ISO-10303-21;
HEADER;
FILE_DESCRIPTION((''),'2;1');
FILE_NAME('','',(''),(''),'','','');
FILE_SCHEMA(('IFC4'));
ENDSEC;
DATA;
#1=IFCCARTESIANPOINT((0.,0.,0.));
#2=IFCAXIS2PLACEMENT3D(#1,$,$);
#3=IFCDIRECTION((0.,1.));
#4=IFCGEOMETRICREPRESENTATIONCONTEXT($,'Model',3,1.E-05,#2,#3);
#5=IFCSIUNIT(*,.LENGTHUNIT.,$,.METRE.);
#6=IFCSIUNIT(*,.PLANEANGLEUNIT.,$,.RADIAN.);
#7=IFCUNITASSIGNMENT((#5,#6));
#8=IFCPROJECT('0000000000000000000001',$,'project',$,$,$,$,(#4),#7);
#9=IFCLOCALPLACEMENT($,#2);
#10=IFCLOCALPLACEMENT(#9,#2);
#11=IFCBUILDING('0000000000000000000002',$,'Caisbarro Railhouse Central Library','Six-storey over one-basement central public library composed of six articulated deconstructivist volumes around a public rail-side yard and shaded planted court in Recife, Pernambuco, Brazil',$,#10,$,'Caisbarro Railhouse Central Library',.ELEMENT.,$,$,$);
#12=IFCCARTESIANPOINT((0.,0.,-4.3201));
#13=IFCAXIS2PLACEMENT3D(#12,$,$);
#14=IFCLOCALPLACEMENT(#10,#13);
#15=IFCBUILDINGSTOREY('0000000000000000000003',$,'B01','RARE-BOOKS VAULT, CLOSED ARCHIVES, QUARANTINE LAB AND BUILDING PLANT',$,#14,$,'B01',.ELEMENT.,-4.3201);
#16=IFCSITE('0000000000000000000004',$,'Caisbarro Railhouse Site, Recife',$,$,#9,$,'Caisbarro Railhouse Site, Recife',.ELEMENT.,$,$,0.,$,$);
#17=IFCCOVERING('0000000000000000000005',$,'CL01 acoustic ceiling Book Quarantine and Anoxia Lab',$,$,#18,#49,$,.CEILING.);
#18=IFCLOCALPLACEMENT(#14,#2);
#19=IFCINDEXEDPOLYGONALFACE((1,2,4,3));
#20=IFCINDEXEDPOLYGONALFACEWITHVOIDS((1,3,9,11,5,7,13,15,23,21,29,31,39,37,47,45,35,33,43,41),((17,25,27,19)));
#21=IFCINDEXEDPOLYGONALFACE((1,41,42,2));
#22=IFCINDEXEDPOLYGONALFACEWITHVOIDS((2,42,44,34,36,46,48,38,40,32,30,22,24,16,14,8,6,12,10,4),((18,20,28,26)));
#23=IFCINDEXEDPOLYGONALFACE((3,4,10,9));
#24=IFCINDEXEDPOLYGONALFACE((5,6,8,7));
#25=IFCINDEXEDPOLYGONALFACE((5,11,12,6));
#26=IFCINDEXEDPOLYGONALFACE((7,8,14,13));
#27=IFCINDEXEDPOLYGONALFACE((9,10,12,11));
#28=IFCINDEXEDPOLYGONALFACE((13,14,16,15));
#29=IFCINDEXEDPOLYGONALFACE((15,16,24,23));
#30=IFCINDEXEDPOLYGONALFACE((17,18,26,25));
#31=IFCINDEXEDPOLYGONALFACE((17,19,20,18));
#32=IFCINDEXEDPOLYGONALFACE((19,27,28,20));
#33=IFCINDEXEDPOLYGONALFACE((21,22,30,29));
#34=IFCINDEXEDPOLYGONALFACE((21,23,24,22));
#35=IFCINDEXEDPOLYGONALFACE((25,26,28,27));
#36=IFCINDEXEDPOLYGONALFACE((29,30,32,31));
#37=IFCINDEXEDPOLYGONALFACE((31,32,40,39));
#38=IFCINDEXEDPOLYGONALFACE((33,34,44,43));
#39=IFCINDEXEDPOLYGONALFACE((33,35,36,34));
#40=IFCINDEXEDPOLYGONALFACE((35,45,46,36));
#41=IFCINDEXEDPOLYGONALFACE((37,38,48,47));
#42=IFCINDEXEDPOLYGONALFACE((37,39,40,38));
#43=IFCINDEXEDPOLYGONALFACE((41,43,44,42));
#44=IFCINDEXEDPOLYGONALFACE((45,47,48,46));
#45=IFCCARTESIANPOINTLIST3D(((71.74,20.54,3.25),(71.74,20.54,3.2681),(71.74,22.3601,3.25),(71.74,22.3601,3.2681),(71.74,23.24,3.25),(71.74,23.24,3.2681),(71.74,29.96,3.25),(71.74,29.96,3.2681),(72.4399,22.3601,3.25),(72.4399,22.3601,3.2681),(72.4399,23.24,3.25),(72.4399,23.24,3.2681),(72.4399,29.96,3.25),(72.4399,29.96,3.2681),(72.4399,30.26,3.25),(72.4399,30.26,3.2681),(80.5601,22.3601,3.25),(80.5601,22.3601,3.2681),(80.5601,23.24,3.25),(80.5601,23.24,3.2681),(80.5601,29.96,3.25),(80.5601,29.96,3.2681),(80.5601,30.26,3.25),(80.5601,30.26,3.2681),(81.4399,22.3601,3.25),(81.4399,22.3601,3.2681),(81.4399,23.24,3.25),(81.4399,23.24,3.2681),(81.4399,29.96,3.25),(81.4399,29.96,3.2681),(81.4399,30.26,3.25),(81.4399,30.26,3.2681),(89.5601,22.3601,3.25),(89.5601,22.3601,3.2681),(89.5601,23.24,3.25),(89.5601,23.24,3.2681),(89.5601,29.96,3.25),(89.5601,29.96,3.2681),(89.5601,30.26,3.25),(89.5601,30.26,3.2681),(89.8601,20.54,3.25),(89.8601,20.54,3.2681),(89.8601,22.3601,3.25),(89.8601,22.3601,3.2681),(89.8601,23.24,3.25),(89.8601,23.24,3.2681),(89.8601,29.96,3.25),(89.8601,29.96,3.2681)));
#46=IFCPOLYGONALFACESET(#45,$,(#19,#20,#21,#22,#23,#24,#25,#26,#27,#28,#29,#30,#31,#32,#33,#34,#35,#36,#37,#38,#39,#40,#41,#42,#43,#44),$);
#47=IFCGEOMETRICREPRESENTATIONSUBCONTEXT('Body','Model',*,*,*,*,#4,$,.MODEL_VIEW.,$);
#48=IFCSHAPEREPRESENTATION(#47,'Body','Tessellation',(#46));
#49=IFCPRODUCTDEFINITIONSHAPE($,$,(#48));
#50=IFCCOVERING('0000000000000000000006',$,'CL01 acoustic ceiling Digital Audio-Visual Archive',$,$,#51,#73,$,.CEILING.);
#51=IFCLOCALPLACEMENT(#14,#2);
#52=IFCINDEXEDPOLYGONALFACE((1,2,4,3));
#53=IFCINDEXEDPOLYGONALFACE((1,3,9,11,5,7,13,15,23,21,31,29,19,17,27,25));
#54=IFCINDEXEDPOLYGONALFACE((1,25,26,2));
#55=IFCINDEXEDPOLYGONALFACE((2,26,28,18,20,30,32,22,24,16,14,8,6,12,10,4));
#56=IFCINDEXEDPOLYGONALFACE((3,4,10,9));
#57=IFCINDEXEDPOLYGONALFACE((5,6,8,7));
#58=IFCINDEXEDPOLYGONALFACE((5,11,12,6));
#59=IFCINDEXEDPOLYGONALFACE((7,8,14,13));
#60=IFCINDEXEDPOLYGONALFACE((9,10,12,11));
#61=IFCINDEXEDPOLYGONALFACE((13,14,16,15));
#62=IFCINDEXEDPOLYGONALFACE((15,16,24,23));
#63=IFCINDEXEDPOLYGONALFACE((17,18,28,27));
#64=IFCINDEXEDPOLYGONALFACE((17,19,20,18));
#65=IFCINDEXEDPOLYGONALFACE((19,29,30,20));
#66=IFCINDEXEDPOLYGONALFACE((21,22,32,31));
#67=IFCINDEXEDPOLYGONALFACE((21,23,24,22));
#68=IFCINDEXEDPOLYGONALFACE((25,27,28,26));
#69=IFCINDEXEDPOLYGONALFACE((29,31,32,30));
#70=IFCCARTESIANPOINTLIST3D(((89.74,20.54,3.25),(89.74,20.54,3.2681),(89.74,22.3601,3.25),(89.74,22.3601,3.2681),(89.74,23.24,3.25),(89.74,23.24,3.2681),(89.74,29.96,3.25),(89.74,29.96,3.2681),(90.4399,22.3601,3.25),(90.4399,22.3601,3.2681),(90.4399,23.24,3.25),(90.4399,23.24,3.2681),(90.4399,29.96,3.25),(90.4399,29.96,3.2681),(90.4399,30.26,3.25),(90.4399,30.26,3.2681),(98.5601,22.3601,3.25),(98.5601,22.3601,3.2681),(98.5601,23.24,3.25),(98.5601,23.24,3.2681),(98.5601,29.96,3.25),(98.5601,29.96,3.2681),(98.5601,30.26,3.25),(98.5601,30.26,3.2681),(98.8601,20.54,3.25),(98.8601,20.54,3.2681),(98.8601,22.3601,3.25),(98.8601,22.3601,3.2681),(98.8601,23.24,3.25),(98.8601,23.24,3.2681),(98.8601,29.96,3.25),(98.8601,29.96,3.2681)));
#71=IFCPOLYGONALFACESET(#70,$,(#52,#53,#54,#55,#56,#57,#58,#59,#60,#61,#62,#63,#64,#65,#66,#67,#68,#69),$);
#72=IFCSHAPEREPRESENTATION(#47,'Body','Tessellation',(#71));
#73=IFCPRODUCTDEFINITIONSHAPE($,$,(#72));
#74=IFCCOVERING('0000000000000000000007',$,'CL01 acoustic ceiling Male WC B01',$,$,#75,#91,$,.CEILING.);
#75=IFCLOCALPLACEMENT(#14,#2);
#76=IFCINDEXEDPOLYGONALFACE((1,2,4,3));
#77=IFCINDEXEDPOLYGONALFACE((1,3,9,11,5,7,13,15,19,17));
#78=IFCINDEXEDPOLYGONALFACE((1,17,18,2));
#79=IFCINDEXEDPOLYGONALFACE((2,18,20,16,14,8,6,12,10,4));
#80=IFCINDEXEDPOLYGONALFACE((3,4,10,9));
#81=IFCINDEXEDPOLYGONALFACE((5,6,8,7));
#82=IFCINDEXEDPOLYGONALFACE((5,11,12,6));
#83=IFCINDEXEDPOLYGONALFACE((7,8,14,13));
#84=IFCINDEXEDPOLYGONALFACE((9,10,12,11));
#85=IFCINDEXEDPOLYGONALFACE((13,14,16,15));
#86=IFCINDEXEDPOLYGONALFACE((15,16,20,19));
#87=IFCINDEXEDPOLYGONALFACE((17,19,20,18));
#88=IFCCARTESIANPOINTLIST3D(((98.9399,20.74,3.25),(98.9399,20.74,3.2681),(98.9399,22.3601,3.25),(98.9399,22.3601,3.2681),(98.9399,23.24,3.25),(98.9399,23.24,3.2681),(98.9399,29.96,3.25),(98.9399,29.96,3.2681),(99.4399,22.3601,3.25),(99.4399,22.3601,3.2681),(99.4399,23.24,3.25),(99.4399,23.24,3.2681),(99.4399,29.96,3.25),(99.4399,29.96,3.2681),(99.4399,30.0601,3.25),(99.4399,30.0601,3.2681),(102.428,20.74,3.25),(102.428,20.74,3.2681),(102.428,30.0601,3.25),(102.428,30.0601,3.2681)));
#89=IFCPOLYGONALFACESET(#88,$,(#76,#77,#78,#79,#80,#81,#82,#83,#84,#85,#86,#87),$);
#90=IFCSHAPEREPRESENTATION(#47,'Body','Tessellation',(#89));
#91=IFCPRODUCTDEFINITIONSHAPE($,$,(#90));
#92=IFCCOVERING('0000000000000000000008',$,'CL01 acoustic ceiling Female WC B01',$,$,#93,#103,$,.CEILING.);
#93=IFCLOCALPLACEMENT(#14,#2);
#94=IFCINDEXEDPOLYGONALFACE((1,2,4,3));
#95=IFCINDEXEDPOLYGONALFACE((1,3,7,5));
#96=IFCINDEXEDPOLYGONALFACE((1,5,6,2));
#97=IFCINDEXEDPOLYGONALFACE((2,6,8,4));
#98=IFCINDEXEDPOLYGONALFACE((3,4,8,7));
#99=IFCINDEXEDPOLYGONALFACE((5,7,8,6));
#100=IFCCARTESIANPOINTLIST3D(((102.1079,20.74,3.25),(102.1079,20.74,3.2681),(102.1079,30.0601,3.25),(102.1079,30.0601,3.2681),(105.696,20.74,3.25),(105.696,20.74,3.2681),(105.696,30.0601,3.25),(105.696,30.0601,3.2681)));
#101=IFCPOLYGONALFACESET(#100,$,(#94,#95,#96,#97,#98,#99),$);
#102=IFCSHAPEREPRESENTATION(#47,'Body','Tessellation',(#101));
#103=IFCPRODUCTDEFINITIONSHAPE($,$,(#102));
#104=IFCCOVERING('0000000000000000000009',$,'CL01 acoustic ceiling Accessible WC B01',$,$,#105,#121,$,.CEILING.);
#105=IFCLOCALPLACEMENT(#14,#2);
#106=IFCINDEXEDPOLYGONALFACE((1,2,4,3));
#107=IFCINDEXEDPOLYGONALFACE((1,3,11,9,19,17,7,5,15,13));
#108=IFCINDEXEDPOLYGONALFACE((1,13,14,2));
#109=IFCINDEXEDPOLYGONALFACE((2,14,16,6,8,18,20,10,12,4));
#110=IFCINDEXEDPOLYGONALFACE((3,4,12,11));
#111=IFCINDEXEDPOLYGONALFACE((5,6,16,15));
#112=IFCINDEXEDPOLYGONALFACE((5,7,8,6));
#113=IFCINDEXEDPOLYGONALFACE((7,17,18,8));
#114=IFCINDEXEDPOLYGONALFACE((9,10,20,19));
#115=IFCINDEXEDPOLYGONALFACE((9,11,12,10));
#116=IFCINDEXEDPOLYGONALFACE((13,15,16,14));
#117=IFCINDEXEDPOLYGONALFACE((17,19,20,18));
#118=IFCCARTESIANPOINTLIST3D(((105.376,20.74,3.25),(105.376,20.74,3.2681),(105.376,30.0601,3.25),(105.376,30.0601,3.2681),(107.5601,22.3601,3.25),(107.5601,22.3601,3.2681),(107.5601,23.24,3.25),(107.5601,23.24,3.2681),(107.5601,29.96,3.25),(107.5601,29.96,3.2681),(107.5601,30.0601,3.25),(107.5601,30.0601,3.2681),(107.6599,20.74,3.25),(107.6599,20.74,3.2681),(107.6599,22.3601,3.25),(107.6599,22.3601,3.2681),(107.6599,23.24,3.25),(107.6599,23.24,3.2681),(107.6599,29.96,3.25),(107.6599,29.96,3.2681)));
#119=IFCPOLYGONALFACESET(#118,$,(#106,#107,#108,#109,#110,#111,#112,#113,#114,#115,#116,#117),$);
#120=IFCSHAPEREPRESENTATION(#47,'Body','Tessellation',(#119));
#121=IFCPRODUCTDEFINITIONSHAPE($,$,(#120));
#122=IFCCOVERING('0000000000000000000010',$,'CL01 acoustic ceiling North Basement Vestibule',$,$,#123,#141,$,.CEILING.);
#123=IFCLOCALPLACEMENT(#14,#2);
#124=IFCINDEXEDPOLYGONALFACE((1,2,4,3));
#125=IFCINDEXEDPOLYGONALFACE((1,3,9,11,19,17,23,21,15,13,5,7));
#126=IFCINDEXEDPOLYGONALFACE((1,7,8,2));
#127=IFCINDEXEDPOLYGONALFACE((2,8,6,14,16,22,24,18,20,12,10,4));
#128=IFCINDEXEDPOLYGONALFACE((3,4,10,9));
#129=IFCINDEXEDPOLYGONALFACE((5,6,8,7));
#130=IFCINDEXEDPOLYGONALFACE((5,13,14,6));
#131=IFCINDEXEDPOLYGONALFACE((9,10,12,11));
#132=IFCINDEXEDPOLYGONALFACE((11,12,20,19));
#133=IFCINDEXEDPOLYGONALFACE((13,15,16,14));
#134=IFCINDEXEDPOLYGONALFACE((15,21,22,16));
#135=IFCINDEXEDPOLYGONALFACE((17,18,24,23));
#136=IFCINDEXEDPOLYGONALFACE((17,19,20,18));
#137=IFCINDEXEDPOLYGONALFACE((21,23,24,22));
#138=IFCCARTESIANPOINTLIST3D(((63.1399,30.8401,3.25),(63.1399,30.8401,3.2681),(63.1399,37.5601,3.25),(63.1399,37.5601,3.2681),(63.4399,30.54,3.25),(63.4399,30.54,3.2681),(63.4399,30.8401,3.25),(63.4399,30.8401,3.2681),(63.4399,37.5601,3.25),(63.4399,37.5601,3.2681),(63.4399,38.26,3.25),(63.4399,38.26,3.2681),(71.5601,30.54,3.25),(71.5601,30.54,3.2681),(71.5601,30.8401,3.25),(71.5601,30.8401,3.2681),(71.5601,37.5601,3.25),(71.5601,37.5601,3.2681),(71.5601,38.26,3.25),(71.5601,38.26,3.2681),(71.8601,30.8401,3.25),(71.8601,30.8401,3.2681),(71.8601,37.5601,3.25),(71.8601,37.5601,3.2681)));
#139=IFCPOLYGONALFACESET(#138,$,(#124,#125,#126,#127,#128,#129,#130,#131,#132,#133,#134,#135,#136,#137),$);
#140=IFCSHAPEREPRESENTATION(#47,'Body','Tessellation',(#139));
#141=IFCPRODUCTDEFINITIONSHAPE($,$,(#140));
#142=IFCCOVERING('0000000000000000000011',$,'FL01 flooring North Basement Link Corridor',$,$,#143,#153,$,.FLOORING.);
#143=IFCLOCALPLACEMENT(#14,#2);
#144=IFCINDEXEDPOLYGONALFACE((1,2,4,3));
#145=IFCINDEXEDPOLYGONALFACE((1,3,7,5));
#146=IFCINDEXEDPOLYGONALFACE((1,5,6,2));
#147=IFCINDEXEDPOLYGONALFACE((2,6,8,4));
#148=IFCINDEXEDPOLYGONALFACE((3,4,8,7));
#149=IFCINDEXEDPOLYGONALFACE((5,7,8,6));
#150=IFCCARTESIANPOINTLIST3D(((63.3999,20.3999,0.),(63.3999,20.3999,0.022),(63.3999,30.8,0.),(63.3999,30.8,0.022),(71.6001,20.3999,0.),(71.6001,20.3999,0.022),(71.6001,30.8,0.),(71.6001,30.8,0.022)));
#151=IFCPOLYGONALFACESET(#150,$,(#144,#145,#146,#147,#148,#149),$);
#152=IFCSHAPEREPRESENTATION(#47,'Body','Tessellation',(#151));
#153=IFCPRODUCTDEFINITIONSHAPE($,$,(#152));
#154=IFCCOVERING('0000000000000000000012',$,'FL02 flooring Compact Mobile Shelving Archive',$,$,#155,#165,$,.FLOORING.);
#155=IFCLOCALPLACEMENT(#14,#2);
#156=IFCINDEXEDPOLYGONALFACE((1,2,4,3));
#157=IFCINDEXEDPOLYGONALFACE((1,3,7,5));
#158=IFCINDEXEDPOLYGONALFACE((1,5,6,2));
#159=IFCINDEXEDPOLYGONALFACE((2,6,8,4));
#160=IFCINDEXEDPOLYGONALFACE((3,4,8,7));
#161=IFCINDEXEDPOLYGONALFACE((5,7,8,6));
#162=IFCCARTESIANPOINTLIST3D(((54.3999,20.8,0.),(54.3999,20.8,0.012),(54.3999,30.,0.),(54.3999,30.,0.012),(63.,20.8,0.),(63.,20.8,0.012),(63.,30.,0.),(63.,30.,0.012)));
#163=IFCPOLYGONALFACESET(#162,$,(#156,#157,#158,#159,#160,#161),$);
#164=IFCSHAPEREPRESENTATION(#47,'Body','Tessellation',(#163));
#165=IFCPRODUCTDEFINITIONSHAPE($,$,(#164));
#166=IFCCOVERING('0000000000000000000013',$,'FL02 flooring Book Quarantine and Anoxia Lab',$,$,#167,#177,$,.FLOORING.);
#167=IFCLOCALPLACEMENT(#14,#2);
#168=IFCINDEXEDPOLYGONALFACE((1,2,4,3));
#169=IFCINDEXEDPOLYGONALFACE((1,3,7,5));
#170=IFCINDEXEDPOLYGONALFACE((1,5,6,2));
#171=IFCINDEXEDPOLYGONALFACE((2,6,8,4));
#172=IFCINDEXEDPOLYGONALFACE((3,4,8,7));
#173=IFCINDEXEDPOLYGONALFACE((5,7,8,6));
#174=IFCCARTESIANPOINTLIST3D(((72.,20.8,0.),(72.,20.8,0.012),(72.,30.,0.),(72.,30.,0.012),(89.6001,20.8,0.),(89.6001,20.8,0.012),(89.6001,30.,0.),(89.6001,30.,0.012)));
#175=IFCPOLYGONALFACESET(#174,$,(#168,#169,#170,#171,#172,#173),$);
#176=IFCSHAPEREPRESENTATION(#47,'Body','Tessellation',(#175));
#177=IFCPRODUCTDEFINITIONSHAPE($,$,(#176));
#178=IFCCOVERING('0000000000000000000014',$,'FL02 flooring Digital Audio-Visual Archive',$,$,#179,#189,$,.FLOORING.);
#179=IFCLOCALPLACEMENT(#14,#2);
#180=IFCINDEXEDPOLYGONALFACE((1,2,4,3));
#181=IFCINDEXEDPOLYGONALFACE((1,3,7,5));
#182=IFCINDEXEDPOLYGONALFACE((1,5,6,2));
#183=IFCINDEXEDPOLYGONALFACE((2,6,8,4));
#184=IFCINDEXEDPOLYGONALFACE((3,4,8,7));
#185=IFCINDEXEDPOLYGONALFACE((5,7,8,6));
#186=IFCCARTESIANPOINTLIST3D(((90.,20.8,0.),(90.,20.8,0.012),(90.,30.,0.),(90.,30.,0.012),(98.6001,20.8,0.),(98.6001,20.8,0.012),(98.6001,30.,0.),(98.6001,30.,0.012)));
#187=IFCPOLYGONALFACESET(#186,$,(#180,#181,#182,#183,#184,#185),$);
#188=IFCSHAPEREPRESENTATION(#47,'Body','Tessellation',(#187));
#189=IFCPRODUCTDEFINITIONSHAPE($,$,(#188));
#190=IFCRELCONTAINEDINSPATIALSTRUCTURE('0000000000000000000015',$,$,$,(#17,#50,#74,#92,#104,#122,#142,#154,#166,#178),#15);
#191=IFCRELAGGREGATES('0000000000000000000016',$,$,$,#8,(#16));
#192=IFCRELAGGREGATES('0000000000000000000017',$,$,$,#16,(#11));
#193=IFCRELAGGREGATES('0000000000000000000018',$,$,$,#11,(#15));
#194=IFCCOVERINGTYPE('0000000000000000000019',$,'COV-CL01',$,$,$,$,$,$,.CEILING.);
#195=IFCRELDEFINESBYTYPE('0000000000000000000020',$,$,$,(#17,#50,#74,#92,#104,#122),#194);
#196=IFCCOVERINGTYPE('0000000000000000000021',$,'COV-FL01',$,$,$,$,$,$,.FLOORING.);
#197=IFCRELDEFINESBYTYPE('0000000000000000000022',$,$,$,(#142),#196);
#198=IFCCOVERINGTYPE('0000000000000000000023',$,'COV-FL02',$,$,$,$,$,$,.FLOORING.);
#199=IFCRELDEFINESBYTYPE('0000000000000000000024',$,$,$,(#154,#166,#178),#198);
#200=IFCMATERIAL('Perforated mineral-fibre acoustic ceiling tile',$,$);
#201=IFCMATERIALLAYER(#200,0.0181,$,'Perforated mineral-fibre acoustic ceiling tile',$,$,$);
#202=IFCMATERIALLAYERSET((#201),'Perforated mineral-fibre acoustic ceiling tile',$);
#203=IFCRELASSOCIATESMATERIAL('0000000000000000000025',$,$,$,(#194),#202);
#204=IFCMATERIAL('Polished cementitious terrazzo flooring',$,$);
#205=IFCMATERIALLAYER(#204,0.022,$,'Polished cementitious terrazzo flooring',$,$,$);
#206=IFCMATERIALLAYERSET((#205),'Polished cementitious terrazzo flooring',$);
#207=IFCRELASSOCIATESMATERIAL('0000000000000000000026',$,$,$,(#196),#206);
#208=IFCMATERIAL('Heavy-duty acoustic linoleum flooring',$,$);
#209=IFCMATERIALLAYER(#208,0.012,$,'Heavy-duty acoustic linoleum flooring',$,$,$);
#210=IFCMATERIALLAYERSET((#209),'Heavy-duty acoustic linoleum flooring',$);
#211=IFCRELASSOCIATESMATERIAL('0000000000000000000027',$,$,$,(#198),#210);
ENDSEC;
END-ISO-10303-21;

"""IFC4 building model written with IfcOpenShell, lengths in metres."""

from ifc_helpers import new_model, si_unit, direction, frame, origin, place, context, subcontext, project, spatial, polyline, outline, extrude, material, layer, layer_set, type_object, element, save


model = new_model("IFC4")

# Units and contexts
model_context = context("Model", 3, precision=1e-05, world=origin(), true_north=direction((0.0, 1.0)))
body_context = subcontext(model_context, "Body", "Model", "MODEL_VIEW")
ifc_project = project(units=[si_unit("LENGTHUNIT", "METRE"), si_unit("PLANEANGLEUNIT", "RADIAN")], contexts=[model_context])

# Site, building, storey
site_placement = place(None, origin())
site = spatial("IfcSite", under=ifc_project, at=site_placement, Name="Caisbarro Railhouse Site, Recife", LongName="Caisbarro Railhouse Site, Recife", CompositionType="ELEMENT", RefElevation=0.0)
building_placement = place(site_placement, origin())
building = spatial("IfcBuilding", under=site, at=building_placement, Name="Caisbarro Railhouse Central Library", Description="Six-storey over one-basement central public library composed of six articulated deconstructivist volumes around a public rail-side yard and shaded planted court in Recife, Pernambuco, Brazil", LongName="Caisbarro Railhouse Central Library", CompositionType="ELEMENT")
storey_placement = place(building_placement, frame((0.0, 0.0, -4.3201)))
storey = spatial("IfcBuildingStorey", under=building, at=storey_placement, Name="B01", Description="RARE-BOOKS VAULT, CLOSED ARCHIVES, QUARANTINE LAB AND BUILDING PLANT", LongName="B01", CompositionType="ELEMENT", Elevation=-4.3201)

# Coverings
ifc_material_1 = material(Name="Perforated mineral-fibre acoustic ceiling tile")
ifc_layer_1 = layer(ifc_material_1, 0.0181, Name="Perforated mineral-fibre acoustic ceiling tile")
ifc_layer_set_1 = layer_set([ifc_layer_1], Name="Perforated mineral-fibre acoustic ceiling tile")
covering_type_1 = type_object("IfcCoveringType", Name="COV-CL01", PredefinedType="CEILING", material=ifc_layer_set_1)
covering_1_placement = place(storey_placement, frame((0.0, 0.0, 3.25)))
element("IfcCovering", 1, at=covering_1_placement, inside=storey, type_object=covering_type_1, Name="CL01 acoustic ceiling Book Quarantine and Anoxia Lab", PredefinedType="CEILING", context=body_context, shape_type="SweptSolid", body=[
    extrude(outline(polyline([(72.4399, 29.96), (72.4399, 30.26), (80.5601, 30.26), (80.5601, 29.96), (81.4399, 29.96), (81.4399, 30.26), (89.5601, 30.26), (89.5601, 29.96), (89.8601, 29.96), (89.8601, 23.24), (89.5601, 23.24), (89.5601, 22.3601), (89.8601, 22.3601), (89.8601, 20.54), (71.74, 20.54), (71.74, 22.3601), (72.4399, 22.3601), (72.4399, 23.24), (71.74, 23.24), (71.74, 29.96), (72.4399, 29.96)]), holes=[polyline([(81.4399, 22.3601), (81.4399, 23.24), (80.5601, 23.24), (80.5601, 22.3601), (81.4399, 22.3601)])]), origin(), (0.0, 0.0, 1.0), 0.0181),
])
covering_2_placement = place(storey_placement, frame((0.0, 0.0, 3.25)))
element("IfcCovering", 2, at=covering_2_placement, inside=storey, type_object=covering_type_1, Name="CL01 acoustic ceiling Digital Audio-Visual Archive", PredefinedType="CEILING", context=body_context, shape_type="SweptSolid", body=[
    extrude(outline(polyline([(89.74, 23.24), (89.74, 29.96), (90.4399, 29.96), (90.4399, 30.26), (98.5601, 30.26), (98.5601, 29.96), (98.8601, 29.96), (98.8601, 23.24), (98.5601, 23.24), (98.5601, 22.3601), (98.8601, 22.3601), (98.8601, 20.54), (89.74, 20.54), (89.74, 22.3601), (90.4399, 22.3601), (90.4399, 23.24), (89.74, 23.24)])), origin(), (0.0, 0.0, 1.0), 0.0181),
])
covering_3_placement = place(storey_placement, frame((0.0, 0.0, 3.25)))
element("IfcCovering", 3, at=covering_3_placement, inside=storey, type_object=covering_type_1, Name="CL01 acoustic ceiling Male WC B01", PredefinedType="CEILING", context=body_context, shape_type="SweptSolid", body=[
    extrude(outline(polyline([(99.4399, 22.3601), (99.4399, 23.24), (98.9399, 23.24), (98.9399, 29.96), (99.4399, 29.96), (99.4399, 30.0601), (102.428, 30.0601), (102.428, 20.74), (98.9399, 20.74), (98.9399, 22.3601), (99.4399, 22.3601)])), origin(), (0.0, 0.0, 1.0), 0.0181),
])
covering_4_placement = place(storey_placement, frame((0.0, 0.0, 3.25)))
element("IfcCovering", 4, at=covering_4_placement, inside=storey, type_object=covering_type_1, Name="CL01 acoustic ceiling Female WC B01", PredefinedType="CEILING", context=body_context, shape_type="SweptSolid", body=[
    extrude(outline(polyline([(102.1079, 20.74), (102.1079, 30.0601), (105.696, 30.0601), (105.696, 20.74), (102.1079, 20.74)])), origin(), (0.0, 0.0, 1.0), 0.0181),
])
covering_5_placement = place(storey_placement, frame((0.0, 0.0, 3.25)))
element("IfcCovering", 5, at=covering_5_placement, inside=storey, type_object=covering_type_1, Name="CL01 acoustic ceiling Accessible WC B01", PredefinedType="CEILING", context=body_context, shape_type="SweptSolid", body=[
    extrude(outline(polyline([(107.5601, 30.0601), (107.5601, 29.96), (107.6599, 29.96), (107.6599, 23.24), (107.5601, 23.24), (107.5601, 22.3601), (107.6599, 22.3601), (107.6599, 20.74), (105.376, 20.74), (105.376, 30.0601), (107.5601, 30.0601)])), origin(), (0.0, 0.0, 1.0), 0.0181),
])
covering_6_placement = place(storey_placement, frame((0.0, 0.0, 3.25)))
element("IfcCovering", 6, at=covering_6_placement, inside=storey, type_object=covering_type_1, Name="CL01 acoustic ceiling North Basement Vestibule", PredefinedType="CEILING", context=body_context, shape_type="SweptSolid", body=[
    extrude(outline(polyline([(71.5601, 30.8401), (71.5601, 30.54), (63.4399, 30.54), (63.4399, 30.8401), (63.1399, 30.8401), (63.1399, 37.5601), (63.4399, 37.5601), (63.4399, 38.26), (71.5601, 38.26), (71.5601, 37.5601), (71.8601, 37.5601), (71.8601, 30.8401), (71.5601, 30.8401)])), origin(), (0.0, 0.0, 1.0), 0.0181),
])
ifc_material_2 = material(Name="Polished cementitious terrazzo flooring")
ifc_layer_2 = layer(ifc_material_2, 0.022, Name="Polished cementitious terrazzo flooring")
ifc_layer_set_2 = layer_set([ifc_layer_2], Name="Polished cementitious terrazzo flooring")
covering_type_2 = type_object("IfcCoveringType", Name="COV-FL01", PredefinedType="FLOORING", material=ifc_layer_set_2)
covering_7_placement = place(storey_placement, origin())
element("IfcCovering", 7, at=covering_7_placement, inside=storey, type_object=covering_type_2, Name="FL01 flooring North Basement Link Corridor", PredefinedType="FLOORING", context=body_context, shape_type="SweptSolid", body=[
    extrude(outline(polyline([(63.3999, 20.3999), (71.6001, 20.3999), (71.6001, 30.8), (63.3999, 30.8), (63.3999, 20.3999)])), origin(), (0.0, 0.0, 1.0), 0.022),
])
ifc_material_3 = material(Name="Heavy-duty acoustic linoleum flooring")
ifc_layer_3 = layer(ifc_material_3, 0.012, Name="Heavy-duty acoustic linoleum flooring")
ifc_layer_set_3 = layer_set([ifc_layer_3], Name="Heavy-duty acoustic linoleum flooring")
covering_type_3 = type_object("IfcCoveringType", Name="COV-FL02", PredefinedType="FLOORING", material=ifc_layer_set_3)
covering_8_placement = place(storey_placement, origin())
element("IfcCovering", 8, at=covering_8_placement, inside=storey, type_object=covering_type_3, Name="FL02 flooring Compact Mobile Shelving Archive", PredefinedType="FLOORING", context=body_context, shape_type="SweptSolid", body=[
    extrude(outline(polyline([(54.3999, 20.8), (63.0, 20.8), (63.0, 30.0), (54.3999, 30.0), (54.3999, 20.8)])), origin(), (0.0, 0.0, 1.0), 0.012),
])
covering_9_placement = place(storey_placement, origin())
element("IfcCovering", 9, at=covering_9_placement, inside=storey, type_object=covering_type_3, Name="FL02 flooring Book Quarantine and Anoxia Lab", PredefinedType="FLOORING", context=body_context, shape_type="SweptSolid", body=[
    extrude(outline(polyline([(72.0, 20.8), (89.6001, 20.8), (89.6001, 30.0), (72.0, 30.0), (72.0, 20.8)])), origin(), (0.0, 0.0, 1.0), 0.012),
])
covering_10_placement = place(storey_placement, origin())
element("IfcCovering", 10, at=covering_10_placement, inside=storey, type_object=covering_type_3, Name="FL02 flooring Digital Audio-Visual Archive", PredefinedType="FLOORING", context=body_context, shape_type="SweptSolid", body=[
    extrude(outline(polyline([(90.0, 20.8), (98.6001, 20.8), (98.6001, 30.0), (90.0, 30.0), (90.0, 20.8)])), origin(), (0.0, 0.0, 1.0), 0.012),
])

save(model, "model.ifc")
